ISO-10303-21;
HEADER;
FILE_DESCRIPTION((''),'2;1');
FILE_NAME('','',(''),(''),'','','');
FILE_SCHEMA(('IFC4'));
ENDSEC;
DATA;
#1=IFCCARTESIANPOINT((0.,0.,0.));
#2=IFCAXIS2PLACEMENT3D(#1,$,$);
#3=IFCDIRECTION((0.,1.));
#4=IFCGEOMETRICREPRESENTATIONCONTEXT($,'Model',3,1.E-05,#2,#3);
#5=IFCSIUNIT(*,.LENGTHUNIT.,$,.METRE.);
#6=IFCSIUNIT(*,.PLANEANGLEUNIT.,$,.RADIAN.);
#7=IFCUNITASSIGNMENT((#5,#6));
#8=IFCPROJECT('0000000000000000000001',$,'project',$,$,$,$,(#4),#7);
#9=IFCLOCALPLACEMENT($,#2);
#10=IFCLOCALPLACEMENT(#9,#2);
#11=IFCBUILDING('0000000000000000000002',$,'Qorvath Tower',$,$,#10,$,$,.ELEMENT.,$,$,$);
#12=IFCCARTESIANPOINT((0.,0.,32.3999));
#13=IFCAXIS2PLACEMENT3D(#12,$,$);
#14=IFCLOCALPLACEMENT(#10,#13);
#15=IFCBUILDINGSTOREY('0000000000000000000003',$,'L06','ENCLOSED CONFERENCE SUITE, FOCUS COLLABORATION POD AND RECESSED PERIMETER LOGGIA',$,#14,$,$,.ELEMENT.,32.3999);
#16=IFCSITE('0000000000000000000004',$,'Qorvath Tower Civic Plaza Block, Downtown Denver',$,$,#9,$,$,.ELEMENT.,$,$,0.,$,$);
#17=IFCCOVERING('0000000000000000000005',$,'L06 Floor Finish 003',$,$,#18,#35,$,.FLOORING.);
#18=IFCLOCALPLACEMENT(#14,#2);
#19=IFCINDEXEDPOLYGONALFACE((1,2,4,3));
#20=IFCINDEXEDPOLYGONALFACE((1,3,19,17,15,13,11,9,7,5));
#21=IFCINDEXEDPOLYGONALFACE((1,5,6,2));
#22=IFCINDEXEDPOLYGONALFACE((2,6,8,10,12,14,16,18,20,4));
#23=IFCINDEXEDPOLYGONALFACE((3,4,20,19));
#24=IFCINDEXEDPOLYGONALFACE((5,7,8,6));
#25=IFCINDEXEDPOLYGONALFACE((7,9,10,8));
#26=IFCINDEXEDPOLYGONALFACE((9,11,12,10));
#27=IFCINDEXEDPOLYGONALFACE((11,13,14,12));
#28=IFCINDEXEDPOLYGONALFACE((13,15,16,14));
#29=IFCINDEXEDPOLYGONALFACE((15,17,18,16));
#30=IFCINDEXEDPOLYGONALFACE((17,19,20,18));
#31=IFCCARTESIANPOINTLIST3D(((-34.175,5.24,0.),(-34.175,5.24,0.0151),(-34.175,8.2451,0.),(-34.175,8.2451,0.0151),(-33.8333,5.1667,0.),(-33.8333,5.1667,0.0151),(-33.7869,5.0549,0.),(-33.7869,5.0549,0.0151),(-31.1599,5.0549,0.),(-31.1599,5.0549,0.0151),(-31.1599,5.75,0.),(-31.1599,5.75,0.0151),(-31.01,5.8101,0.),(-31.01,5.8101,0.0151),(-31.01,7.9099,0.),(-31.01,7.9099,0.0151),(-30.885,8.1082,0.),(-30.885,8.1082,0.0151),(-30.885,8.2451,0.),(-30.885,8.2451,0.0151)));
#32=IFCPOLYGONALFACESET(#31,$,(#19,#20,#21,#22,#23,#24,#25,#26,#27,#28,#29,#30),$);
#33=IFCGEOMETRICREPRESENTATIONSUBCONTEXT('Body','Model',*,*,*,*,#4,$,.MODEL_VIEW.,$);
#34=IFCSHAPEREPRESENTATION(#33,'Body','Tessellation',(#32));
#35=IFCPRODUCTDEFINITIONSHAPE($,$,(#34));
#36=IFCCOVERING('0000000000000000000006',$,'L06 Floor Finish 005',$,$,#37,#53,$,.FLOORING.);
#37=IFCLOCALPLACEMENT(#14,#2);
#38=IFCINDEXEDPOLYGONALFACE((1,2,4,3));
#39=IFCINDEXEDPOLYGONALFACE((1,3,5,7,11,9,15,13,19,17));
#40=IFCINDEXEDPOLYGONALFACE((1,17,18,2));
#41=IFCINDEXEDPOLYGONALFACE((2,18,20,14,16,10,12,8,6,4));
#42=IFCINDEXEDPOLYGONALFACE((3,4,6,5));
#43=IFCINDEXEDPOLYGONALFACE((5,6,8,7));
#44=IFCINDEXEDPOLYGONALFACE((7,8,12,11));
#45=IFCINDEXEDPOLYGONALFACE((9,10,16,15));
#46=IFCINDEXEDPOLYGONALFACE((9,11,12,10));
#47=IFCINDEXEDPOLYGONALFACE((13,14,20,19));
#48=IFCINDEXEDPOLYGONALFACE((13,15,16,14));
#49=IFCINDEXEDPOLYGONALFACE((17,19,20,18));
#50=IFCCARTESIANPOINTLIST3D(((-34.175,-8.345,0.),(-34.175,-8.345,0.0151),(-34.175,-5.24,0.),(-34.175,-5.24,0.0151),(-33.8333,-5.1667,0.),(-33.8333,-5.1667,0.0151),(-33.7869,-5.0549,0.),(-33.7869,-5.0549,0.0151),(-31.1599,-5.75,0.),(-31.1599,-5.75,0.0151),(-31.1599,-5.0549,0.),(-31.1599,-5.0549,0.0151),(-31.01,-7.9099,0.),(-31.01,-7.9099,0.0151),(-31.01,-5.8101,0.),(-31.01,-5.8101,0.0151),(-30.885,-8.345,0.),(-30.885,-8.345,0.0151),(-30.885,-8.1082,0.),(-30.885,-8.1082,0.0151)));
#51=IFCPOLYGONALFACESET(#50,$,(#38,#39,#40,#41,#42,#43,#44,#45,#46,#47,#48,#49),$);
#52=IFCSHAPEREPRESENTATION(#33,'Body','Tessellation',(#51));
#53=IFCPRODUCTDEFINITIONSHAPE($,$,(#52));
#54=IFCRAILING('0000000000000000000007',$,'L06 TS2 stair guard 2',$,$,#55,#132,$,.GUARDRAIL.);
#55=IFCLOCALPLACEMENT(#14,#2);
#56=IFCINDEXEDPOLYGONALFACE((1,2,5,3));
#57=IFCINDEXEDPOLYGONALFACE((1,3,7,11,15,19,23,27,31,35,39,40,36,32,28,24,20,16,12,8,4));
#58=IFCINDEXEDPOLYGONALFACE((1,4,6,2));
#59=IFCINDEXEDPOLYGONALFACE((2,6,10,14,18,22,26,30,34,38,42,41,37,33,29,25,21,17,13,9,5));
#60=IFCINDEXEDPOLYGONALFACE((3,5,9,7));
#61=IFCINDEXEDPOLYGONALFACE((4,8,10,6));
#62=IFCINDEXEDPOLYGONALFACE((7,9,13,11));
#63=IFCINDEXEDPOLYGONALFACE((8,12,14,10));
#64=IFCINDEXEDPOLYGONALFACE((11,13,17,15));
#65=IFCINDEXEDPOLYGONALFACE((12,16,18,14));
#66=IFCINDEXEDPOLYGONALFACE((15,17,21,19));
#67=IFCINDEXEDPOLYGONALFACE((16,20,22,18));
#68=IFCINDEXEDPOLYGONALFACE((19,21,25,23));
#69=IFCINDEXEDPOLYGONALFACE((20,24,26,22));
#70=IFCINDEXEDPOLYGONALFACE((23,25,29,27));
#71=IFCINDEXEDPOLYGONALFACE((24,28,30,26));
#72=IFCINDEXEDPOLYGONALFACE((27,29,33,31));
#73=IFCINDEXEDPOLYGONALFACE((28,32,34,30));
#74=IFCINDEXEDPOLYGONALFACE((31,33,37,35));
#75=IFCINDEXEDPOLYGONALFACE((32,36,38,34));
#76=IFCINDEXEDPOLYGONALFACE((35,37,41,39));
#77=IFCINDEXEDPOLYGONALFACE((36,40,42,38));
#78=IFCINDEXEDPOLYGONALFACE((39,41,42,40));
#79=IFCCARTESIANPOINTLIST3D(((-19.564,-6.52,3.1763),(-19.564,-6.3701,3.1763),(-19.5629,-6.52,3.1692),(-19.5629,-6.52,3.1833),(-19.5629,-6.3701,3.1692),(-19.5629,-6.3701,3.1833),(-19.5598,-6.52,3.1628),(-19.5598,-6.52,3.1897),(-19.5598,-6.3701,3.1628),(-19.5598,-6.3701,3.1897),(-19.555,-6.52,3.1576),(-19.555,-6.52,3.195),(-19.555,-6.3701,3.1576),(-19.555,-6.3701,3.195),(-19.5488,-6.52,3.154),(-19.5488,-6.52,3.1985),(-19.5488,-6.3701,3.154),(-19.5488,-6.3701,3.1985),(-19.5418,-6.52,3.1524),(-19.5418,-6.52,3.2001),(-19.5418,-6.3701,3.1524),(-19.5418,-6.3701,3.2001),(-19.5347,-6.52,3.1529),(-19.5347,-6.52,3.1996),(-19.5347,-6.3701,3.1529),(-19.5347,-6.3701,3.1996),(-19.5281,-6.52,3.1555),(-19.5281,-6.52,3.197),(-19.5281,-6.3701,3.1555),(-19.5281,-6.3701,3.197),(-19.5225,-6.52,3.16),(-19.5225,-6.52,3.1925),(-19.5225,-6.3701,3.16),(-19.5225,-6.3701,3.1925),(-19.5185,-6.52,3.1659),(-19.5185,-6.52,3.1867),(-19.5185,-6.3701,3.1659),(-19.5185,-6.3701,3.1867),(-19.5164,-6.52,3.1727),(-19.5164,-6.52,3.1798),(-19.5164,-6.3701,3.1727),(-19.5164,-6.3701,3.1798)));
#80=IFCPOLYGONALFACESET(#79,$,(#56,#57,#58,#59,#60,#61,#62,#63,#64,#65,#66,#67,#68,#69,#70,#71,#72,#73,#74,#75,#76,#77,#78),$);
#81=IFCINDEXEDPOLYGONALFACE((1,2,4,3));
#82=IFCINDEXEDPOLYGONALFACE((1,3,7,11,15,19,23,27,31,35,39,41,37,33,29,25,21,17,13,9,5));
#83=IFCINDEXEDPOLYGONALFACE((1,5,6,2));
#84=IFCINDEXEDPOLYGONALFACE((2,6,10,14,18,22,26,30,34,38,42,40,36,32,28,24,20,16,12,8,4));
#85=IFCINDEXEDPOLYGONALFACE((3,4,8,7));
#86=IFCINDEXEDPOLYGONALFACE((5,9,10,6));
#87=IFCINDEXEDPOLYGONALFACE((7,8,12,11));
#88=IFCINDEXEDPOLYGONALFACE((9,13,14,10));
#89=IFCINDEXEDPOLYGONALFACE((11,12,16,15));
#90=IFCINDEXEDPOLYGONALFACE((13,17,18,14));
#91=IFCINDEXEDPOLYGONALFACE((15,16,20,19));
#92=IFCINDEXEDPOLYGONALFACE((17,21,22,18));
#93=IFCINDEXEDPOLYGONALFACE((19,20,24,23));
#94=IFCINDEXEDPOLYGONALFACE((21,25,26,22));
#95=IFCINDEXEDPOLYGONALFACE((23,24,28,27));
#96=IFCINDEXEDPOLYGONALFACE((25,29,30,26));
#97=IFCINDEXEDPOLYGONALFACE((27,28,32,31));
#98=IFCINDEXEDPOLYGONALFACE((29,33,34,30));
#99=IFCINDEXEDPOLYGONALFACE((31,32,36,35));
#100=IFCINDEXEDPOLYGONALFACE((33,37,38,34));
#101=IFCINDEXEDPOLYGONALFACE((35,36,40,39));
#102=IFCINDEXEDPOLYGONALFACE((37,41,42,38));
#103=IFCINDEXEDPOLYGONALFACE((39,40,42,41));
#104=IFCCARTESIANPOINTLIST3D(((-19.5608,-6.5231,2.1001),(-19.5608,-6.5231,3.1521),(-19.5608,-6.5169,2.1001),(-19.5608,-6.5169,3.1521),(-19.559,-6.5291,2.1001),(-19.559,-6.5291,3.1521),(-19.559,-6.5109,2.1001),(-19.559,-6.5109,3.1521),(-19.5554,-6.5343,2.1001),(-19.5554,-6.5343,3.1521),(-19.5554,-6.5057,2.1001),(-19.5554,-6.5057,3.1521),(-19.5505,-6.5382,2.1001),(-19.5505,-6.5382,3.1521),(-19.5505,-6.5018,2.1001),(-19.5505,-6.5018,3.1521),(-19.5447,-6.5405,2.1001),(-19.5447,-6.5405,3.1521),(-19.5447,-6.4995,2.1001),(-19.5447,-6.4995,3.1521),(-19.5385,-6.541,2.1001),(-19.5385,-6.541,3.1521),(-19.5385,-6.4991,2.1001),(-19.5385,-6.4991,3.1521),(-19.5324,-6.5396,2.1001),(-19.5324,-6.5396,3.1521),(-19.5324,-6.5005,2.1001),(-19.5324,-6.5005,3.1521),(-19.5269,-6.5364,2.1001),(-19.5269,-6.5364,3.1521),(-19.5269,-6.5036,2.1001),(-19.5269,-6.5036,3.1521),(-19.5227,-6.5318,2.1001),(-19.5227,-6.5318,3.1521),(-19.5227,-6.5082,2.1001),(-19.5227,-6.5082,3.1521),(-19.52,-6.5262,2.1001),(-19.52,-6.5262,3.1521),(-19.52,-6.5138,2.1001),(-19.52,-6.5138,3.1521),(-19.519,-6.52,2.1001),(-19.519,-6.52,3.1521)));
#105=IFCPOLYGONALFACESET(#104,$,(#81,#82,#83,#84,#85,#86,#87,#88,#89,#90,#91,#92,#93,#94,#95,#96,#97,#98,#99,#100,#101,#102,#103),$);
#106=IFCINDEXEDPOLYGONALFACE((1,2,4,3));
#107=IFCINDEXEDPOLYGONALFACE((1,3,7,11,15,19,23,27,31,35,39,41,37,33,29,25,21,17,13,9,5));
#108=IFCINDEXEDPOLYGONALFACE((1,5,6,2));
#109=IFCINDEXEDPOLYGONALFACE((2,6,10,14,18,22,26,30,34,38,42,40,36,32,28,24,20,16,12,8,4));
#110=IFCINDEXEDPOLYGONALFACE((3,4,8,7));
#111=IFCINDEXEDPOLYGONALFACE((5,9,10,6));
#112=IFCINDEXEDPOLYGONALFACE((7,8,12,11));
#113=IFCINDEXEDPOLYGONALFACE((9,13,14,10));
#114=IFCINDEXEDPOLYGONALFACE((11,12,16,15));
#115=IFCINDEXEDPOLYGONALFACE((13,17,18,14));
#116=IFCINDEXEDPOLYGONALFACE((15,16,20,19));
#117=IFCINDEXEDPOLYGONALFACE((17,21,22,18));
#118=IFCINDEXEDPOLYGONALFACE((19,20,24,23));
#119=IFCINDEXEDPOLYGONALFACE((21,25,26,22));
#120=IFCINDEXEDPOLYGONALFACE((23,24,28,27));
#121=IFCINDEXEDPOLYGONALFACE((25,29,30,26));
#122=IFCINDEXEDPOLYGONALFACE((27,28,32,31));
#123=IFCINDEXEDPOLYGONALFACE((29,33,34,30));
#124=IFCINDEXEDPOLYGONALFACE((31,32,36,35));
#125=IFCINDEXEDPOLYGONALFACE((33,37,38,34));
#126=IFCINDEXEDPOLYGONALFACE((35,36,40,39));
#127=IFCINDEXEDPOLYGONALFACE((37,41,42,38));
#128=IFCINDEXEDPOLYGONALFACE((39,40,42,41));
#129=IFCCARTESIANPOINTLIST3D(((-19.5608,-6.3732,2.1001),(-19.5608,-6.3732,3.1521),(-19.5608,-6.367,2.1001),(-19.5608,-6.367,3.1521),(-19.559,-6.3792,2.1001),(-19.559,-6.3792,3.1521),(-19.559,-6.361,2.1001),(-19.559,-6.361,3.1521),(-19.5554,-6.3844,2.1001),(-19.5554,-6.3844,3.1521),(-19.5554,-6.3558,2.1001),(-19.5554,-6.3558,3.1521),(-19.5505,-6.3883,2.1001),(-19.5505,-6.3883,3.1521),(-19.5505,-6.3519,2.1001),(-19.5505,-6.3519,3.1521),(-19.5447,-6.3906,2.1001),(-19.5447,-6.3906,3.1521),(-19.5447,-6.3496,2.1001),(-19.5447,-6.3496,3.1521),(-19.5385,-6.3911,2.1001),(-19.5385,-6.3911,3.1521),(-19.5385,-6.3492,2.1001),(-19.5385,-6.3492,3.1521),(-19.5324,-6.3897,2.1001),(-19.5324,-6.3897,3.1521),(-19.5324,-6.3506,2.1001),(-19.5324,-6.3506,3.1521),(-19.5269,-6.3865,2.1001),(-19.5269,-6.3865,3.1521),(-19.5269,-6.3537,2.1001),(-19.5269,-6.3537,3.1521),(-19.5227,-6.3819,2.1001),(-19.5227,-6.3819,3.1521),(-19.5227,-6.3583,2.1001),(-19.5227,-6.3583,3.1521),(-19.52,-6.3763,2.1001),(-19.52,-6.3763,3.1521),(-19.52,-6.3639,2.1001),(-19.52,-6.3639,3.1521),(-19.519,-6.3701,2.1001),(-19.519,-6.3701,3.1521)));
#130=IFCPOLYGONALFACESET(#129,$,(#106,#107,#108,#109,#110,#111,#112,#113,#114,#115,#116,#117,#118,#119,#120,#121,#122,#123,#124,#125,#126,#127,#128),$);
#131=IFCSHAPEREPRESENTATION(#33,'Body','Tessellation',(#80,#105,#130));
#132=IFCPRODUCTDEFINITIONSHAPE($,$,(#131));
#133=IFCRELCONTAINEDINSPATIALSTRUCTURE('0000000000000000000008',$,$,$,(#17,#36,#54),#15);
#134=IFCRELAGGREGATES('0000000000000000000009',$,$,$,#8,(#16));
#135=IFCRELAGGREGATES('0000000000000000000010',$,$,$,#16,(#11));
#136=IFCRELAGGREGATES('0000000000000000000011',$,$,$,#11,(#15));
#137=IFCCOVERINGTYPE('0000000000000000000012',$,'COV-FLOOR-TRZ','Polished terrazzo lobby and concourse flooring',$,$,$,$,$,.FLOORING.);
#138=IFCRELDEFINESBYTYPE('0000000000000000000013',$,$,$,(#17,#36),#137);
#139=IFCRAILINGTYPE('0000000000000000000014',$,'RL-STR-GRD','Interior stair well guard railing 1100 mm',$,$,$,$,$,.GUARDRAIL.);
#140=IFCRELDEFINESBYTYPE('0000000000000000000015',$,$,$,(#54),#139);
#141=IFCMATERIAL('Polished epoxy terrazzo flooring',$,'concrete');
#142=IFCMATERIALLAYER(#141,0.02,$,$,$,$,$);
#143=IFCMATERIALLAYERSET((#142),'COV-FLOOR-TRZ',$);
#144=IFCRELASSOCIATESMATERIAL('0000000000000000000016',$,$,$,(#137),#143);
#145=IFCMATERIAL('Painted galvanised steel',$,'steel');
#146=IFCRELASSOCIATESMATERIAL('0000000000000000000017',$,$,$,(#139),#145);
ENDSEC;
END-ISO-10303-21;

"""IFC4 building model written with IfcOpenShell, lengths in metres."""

from ifc_helpers import new_model, si_unit, direction, frame, origin, origin_2d, place, context, subcontext, project, spatial, polyline, circle, outline, extrude, material, layer, layer_set, type_object, element, save


model = new_model("IFC4")

# Units and contexts
model_context = context("Model", 3, precision=1e-05, world=origin(), true_north=direction((0.0, 1.0)))
body_context = subcontext(model_context, "Body", "Model", "MODEL_VIEW")
ifc_project = project(units=[si_unit("LENGTHUNIT", "METRE"), si_unit("PLANEANGLEUNIT", "RADIAN")], contexts=[model_context])

# Site, building, storey
site_placement = place(None, origin())
site = spatial("IfcSite", under=ifc_project, at=site_placement, Name="Qorvath Tower Civic Plaza Block, Downtown Denver", CompositionType="ELEMENT", RefElevation=0.0)
building_placement = place(site_placement, origin())
building = spatial("IfcBuilding", under=site, at=building_placement, Name="Qorvath Tower", CompositionType="ELEMENT")
storey_placement = place(building_placement, frame((0.0, 0.0, 32.3999)))
storey = spatial("IfcBuildingStorey", under=building, at=storey_placement, Name="L06", Description="ENCLOSED CONFERENCE SUITE, FOCUS COLLABORATION POD AND RECESSED PERIMETER LOGGIA", CompositionType="ELEMENT", Elevation=32.3999)

# Coverings
ifc_material_1 = material(Name="Polished epoxy terrazzo flooring", Category="concrete")
ifc_layer_1 = layer(ifc_material_1, 0.02)
ifc_layer_set_1 = layer_set([ifc_layer_1], Name="COV-FLOOR-TRZ")
covering_type_1 = type_object("IfcCoveringType", Name="COV-FLOOR-TRZ", Description="Polished terrazzo lobby and concourse flooring", PredefinedType="FLOORING", material=ifc_layer_set_1)
covering_1_placement = place(storey_placement, origin())
element("IfcCovering", 1, at=covering_1_placement, inside=storey, type_object=covering_type_1, Name="L06 Floor Finish 003", PredefinedType="FLOORING", context=body_context, shape_type="SweptSolid", body=[
    extrude(outline(polyline([(-31.01, 7.9099), (-30.885, 8.1082), (-30.885, 8.2451), (-34.175, 8.2451), (-34.175, 5.24), (-33.8333, 5.1667), (-33.7869, 5.0549), (-31.1599, 5.0549), (-31.1599, 5.75), (-31.01, 5.8101), (-31.01, 7.9099)])), origin(), (0.0, 0.0, 1.0), 0.0151),
])
covering_2_placement = place(storey_placement, origin())
element("IfcCovering", 2, at=covering_2_placement, inside=storey, type_object=covering_type_1, Name="L06 Floor Finish 005", PredefinedType="FLOORING", context=body_context, shape_type="SweptSolid", body=[
    extrude(outline(polyline([(-31.1599, -5.0549), (-33.7869, -5.0549), (-33.8333, -5.1667), (-34.175, -5.24), (-34.175, -8.345), (-30.885, -8.345), (-30.885, -8.1082), (-31.01, -7.9099), (-31.01, -5.8101), (-31.1599, -5.75), (-31.1599, -5.0549)])), origin(), (0.0, 0.0, 1.0), 0.0151),
])

# Railing
ifc_material_2 = material(Name="Painted galvanised steel", Category="steel")
railing_type_1 = type_object("IfcRailingType", Name="RL-STR-GRD", Description="Interior stair well guard railing 1100 mm", PredefinedType="GUARDRAIL", material=ifc_material_2)
railing_1_placement = place(storey_placement, frame((-19.54, -6.52, 2.1001)))
element("IfcRailing", 3, at=railing_1_placement, inside=storey, type_object=railing_type_1, Name="L06 TS2 stair guard 2", PredefinedType="GUARDRAIL", context=body_context, shape_type="SweptSolid", body=[
    extrude(circle(Radius=0.0239, at=origin_2d()), frame((0.0, 0.0, 1.0762), z_axis=(0.0, 1.0, 0.0), x_axis=(-1.0, 0.0, 0.0)), (0.0, 0.0, 1.0), 0.1499),
    extrude(circle(Radius=0.021, at=origin_2d()), origin(), (0.0, 0.0, 1.0), 1.052),
    extrude(circle(Radius=0.021, at=origin_2d()), frame((0.0, 0.1499, 0.0)), (0.0, 0.0, 1.0), 1.052),
])

save(model, "model.ifc")
